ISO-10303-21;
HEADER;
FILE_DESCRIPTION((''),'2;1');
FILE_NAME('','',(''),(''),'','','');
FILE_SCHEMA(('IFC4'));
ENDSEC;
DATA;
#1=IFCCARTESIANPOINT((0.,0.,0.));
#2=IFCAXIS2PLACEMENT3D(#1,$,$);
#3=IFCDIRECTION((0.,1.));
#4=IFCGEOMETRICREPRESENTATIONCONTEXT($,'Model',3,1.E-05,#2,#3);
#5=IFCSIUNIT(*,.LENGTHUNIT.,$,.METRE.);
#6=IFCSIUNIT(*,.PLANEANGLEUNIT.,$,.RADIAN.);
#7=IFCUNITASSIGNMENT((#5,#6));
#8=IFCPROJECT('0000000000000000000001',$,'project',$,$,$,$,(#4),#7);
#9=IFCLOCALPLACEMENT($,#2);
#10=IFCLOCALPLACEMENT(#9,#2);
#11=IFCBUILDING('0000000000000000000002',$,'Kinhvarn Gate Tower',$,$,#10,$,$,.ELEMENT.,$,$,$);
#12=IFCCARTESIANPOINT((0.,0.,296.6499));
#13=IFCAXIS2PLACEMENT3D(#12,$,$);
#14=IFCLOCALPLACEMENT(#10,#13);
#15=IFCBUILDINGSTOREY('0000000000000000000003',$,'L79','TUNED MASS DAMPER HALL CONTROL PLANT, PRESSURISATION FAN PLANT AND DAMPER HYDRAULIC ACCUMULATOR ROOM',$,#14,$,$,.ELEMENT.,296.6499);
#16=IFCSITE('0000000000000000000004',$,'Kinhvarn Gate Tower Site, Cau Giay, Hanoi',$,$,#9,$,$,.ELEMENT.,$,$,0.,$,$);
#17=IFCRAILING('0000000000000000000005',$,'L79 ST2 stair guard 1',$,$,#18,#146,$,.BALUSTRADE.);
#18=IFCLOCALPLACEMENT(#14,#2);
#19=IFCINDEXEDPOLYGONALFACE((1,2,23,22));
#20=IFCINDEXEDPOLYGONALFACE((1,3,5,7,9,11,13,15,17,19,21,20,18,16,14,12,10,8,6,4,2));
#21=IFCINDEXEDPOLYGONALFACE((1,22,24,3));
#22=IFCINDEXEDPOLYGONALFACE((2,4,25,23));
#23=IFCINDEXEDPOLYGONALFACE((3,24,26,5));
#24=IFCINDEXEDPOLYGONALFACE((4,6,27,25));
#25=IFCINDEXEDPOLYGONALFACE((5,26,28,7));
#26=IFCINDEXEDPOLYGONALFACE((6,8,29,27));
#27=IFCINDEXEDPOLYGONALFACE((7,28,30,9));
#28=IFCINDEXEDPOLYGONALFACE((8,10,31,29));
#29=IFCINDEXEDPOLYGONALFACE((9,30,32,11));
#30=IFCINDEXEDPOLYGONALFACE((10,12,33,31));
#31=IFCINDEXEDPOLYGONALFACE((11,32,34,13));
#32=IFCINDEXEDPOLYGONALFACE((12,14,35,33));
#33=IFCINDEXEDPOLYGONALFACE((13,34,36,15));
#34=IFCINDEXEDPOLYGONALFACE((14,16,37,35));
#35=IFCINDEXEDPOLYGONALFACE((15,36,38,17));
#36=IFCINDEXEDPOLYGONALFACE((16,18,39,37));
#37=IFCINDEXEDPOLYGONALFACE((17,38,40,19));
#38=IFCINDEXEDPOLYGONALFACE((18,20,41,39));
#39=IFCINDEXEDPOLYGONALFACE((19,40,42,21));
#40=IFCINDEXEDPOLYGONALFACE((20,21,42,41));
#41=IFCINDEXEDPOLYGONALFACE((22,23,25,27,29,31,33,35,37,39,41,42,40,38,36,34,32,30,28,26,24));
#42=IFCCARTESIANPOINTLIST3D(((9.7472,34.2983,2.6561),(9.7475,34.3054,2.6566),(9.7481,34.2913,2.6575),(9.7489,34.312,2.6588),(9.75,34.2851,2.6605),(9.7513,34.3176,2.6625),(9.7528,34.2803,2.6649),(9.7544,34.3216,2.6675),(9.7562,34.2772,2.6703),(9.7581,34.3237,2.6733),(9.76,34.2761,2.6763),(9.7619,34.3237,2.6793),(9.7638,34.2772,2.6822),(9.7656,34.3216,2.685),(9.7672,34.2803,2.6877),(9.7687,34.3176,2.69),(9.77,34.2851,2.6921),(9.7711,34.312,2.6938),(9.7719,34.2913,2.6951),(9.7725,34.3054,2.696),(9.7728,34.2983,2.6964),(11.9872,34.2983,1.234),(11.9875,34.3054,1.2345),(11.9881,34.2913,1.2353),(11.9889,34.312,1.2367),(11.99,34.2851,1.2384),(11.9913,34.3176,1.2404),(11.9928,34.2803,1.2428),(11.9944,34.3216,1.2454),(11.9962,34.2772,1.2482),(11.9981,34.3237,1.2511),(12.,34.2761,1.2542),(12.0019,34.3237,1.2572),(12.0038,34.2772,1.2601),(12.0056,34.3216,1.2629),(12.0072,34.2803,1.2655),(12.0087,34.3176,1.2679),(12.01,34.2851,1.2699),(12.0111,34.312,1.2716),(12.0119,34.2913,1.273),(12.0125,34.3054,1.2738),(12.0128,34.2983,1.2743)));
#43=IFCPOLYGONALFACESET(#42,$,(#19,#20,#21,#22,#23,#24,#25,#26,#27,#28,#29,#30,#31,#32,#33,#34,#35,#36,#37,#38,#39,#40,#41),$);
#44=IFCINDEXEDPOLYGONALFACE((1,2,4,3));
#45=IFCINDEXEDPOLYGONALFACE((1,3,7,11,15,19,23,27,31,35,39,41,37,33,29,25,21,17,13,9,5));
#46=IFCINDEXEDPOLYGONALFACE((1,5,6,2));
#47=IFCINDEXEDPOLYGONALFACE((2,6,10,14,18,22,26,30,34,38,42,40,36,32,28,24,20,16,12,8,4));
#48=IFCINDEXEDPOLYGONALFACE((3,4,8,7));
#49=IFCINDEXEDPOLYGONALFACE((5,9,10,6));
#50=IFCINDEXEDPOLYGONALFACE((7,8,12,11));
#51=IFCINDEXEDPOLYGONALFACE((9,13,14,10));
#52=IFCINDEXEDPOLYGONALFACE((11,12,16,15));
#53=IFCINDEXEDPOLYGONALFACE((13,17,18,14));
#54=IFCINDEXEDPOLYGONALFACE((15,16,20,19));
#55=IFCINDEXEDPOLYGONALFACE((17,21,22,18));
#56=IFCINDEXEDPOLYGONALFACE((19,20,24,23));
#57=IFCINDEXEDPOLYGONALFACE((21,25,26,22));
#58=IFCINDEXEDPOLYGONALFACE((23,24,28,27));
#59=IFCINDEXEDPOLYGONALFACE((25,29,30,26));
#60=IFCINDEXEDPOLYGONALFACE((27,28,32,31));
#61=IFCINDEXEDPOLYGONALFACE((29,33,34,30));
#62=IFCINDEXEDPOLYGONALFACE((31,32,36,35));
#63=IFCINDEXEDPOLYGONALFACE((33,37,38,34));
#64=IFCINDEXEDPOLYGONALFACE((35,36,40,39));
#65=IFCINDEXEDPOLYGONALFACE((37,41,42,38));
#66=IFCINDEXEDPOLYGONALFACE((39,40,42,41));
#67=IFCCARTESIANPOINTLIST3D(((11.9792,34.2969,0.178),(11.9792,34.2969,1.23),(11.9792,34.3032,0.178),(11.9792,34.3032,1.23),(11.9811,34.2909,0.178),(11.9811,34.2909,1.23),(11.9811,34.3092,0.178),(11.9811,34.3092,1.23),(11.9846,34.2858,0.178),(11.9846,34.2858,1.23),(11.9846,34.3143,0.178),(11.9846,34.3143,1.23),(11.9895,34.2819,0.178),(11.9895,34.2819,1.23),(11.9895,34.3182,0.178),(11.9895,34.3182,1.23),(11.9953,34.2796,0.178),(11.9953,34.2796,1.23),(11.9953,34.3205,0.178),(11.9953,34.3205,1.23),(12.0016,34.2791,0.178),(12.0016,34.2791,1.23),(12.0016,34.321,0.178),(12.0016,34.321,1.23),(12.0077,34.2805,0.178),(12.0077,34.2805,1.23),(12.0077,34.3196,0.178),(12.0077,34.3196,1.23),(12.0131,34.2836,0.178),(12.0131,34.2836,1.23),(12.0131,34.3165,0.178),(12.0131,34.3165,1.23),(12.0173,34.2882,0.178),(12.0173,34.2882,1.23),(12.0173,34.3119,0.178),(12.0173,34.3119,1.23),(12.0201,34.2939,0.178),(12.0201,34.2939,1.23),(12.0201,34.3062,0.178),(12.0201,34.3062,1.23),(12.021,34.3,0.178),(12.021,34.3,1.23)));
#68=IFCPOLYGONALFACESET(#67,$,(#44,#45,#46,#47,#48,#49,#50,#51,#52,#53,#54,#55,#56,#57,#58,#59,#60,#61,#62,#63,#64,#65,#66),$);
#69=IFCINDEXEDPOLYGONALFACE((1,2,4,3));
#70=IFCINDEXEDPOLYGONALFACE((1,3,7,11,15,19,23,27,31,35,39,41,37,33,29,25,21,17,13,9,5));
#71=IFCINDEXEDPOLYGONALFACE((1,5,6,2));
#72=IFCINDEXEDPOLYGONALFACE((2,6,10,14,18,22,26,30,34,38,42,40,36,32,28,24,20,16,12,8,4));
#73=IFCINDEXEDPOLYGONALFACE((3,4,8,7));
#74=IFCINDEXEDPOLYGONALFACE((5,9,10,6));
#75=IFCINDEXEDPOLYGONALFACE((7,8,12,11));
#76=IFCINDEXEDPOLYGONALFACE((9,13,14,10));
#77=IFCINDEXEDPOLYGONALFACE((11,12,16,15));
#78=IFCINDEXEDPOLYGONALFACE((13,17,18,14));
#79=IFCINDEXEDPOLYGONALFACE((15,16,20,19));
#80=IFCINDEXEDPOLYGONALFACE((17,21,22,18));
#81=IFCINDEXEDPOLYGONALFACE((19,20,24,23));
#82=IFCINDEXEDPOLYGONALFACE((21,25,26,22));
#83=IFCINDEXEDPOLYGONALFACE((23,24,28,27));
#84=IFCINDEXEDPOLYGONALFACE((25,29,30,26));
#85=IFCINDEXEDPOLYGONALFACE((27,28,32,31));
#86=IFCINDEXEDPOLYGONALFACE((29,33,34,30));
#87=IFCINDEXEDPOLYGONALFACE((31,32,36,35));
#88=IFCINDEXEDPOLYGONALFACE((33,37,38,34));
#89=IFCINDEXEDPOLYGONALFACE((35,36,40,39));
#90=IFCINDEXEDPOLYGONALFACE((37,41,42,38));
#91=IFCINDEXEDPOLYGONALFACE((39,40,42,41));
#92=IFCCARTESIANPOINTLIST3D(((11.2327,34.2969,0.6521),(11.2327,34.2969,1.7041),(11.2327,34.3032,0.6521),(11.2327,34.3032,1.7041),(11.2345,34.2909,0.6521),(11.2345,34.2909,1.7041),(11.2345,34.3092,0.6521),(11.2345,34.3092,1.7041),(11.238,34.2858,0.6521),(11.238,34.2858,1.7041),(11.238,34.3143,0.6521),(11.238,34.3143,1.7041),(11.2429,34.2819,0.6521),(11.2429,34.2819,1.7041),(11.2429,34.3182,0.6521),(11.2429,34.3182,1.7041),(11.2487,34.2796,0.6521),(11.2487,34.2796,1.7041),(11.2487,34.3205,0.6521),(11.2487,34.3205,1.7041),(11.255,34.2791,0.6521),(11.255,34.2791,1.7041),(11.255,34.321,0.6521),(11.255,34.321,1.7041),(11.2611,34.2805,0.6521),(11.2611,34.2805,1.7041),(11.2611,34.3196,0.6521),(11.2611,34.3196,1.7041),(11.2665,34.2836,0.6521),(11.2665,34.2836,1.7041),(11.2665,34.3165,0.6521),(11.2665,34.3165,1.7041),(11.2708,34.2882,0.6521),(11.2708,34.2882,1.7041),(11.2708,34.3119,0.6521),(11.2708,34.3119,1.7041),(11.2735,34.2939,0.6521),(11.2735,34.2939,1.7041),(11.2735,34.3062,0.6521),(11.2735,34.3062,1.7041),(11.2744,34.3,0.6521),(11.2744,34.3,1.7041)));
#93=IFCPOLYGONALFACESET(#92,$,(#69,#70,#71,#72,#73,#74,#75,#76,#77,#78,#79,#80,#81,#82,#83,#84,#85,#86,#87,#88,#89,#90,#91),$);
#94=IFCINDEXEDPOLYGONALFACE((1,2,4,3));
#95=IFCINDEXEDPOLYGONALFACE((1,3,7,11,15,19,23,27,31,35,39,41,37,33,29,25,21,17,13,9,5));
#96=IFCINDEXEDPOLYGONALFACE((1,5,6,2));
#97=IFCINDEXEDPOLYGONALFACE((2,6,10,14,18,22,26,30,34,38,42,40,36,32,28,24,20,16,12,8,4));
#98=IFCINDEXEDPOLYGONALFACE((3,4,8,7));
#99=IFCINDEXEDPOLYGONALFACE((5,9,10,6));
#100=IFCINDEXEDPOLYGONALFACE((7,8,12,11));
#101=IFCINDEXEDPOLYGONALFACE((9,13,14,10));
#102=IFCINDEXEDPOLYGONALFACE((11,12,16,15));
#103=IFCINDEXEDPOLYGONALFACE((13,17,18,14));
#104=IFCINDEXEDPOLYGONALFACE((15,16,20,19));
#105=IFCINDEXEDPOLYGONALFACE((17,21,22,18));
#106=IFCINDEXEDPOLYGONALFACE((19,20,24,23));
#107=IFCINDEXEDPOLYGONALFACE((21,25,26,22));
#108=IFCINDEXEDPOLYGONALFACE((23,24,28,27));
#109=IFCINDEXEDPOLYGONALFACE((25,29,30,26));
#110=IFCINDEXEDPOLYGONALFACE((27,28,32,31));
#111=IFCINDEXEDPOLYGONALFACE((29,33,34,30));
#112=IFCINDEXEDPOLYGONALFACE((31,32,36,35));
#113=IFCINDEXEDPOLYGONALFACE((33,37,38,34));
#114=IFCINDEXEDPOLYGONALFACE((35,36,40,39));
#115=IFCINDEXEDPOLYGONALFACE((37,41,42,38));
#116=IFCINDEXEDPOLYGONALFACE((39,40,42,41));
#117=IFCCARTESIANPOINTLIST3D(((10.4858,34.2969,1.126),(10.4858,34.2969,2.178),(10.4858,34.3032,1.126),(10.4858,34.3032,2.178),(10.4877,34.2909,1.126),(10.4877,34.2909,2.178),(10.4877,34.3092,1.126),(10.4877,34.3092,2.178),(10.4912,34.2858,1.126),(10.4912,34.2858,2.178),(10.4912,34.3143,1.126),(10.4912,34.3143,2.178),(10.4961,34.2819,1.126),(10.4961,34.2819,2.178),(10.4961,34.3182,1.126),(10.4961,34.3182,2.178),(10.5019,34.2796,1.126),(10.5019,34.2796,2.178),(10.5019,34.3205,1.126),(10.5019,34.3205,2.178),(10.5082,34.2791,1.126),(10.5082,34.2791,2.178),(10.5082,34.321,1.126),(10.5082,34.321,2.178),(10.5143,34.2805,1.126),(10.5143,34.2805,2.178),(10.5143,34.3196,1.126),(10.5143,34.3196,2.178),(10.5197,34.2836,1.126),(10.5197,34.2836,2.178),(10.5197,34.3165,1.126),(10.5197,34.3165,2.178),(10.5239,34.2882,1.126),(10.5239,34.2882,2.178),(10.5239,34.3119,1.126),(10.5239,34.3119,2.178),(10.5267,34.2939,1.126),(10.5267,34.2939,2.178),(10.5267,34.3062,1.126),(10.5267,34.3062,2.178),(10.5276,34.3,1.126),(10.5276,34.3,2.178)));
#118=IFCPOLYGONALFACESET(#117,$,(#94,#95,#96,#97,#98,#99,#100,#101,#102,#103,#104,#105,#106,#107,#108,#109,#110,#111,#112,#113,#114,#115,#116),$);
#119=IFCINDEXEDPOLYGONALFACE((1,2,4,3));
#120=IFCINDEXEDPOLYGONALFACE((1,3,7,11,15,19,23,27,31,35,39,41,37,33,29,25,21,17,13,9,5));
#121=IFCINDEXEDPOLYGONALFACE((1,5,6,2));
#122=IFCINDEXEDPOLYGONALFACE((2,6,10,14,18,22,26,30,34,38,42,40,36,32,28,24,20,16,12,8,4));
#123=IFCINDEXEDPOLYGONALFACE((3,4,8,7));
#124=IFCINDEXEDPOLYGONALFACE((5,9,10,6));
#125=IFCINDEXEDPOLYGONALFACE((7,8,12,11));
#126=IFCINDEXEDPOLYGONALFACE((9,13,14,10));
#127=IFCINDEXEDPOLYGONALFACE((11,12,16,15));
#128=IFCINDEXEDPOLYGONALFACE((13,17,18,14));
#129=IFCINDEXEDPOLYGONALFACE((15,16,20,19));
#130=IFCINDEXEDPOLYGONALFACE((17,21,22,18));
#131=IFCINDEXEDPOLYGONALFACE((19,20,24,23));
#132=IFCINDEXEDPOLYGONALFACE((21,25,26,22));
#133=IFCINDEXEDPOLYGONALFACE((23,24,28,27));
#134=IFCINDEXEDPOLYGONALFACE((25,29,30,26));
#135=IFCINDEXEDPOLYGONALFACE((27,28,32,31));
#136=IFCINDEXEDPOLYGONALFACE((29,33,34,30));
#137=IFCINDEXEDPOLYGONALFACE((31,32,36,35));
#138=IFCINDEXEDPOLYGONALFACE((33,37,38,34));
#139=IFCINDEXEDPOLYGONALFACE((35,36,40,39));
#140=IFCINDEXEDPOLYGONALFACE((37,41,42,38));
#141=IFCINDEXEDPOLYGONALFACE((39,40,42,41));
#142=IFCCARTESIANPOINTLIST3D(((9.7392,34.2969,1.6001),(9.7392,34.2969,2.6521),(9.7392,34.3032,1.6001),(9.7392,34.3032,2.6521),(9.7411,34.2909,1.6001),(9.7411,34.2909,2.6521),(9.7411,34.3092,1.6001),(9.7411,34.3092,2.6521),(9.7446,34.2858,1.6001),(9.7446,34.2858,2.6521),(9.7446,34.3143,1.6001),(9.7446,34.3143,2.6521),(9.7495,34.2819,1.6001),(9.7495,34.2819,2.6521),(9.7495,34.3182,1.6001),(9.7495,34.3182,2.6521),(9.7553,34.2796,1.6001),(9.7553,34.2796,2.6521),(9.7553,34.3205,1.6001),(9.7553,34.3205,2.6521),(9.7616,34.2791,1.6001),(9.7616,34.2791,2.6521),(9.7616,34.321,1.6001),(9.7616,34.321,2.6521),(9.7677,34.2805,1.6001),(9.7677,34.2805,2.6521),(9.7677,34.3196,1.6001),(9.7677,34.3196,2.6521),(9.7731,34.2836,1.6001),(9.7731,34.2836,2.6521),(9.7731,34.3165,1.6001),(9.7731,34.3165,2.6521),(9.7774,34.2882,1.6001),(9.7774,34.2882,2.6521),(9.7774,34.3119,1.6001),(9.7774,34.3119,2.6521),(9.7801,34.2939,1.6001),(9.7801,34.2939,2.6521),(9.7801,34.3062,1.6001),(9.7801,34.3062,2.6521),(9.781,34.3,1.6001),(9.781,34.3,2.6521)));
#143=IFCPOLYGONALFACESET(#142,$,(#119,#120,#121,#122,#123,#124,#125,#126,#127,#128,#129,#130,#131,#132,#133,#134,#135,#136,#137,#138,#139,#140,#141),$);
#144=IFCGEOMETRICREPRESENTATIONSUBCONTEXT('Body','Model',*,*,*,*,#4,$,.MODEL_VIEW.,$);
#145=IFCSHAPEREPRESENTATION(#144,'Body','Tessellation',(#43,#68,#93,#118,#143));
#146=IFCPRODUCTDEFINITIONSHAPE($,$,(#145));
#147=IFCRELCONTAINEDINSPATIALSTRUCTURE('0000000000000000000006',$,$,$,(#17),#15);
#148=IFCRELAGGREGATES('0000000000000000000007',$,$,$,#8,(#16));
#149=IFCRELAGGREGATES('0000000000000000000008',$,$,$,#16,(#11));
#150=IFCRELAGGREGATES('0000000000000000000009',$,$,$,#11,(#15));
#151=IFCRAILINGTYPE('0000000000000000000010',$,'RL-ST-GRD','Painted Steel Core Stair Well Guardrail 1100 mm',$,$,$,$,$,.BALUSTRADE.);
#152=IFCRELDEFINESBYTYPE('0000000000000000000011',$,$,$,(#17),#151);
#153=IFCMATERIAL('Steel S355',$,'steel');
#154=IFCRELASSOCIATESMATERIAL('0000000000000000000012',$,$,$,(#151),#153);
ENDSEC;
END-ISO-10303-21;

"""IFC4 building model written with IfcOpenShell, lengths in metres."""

from ifc_helpers import new_model, si_unit, direction, frame, origin, origin_2d, place, context, subcontext, project, spatial, circle, extrude, material, type_object, element, save


model = new_model("IFC4")

# Units and contexts
model_context = context("Model", 3, precision=1e-05, world=origin(), true_north=direction((0.0, 1.0)))
body_context = subcontext(model_context, "Body", "Model", "MODEL_VIEW")
ifc_project = project(units=[si_unit("LENGTHUNIT", "METRE"), si_unit("PLANEANGLEUNIT", "RADIAN")], contexts=[model_context])

# Site, building, storey
site_placement = place(None, origin())
site = spatial("IfcSite", under=ifc_project, at=site_placement, Name="Kinhvarn Gate Tower Site, Cau Giay, Hanoi", CompositionType="ELEMENT", RefElevation=0.0)
building_placement = place(site_placement, origin())
building = spatial("IfcBuilding", under=site, at=building_placement, Name="Kinhvarn Gate Tower", CompositionType="ELEMENT")
storey_placement = place(building_placement, frame((0.0, 0.0, 296.6499)))
storey = spatial("IfcBuildingStorey", under=building, at=storey_placement, Name="L79", Description="TUNED MASS DAMPER HALL CONTROL PLANT, PRESSURISATION FAN PLANT AND DAMPER HYDRAULIC ACCUMULATOR ROOM", CompositionType="ELEMENT", Elevation=296.6499)

# Shared definitions
ifc_material_1 = material(Name="Steel S355", Category="steel")

# Railing
railing_type = type_object("IfcRailingType", Name="RL-ST-GRD", Description="Painted Steel Core Stair Well Guardrail 1100 mm", PredefinedType="BALUSTRADE", material=ifc_material_1)
railing_1_placement = place(storey_placement, frame((12.0, 34.3, 0.178)))
element("IfcRailing", 1, at=railing_1_placement, inside=storey, type_object=railing_type, Name="L79 ST2 stair guard 1", PredefinedType="BALUSTRADE", context=body_context, shape_type="SweptSolid", body=[
    extrude(circle(Radius=0.0239, at=origin_2d()), frame((0.0, 0.0, 1.0762), z_axis=(-0.844229, 0.0, 0.535982), x_axis=(0.0, -1.0, 0.0)), (0.0, 0.0, 1.0), 2.6533),
    extrude(circle(Radius=0.021, at=origin_2d()), origin(), (0.0, 0.0, 1.0), 1.052),
    extrude(circle(Radius=0.021, at=origin_2d()), frame((-0.7466, 0.0, 0.4741)), (0.0, 0.0, 1.0), 1.052),
    extrude(circle(Radius=0.021, at=origin_2d()), frame((-1.4934, 0.0, 0.948)), (0.0, 0.0, 1.0), 1.052),
    extrude(circle(Radius=0.021, at=origin_2d()), frame((-2.24, 0.0, 1.4221)), (0.0, 0.0, 1.0), 1.052),
])

save(model, "model.ifc")
